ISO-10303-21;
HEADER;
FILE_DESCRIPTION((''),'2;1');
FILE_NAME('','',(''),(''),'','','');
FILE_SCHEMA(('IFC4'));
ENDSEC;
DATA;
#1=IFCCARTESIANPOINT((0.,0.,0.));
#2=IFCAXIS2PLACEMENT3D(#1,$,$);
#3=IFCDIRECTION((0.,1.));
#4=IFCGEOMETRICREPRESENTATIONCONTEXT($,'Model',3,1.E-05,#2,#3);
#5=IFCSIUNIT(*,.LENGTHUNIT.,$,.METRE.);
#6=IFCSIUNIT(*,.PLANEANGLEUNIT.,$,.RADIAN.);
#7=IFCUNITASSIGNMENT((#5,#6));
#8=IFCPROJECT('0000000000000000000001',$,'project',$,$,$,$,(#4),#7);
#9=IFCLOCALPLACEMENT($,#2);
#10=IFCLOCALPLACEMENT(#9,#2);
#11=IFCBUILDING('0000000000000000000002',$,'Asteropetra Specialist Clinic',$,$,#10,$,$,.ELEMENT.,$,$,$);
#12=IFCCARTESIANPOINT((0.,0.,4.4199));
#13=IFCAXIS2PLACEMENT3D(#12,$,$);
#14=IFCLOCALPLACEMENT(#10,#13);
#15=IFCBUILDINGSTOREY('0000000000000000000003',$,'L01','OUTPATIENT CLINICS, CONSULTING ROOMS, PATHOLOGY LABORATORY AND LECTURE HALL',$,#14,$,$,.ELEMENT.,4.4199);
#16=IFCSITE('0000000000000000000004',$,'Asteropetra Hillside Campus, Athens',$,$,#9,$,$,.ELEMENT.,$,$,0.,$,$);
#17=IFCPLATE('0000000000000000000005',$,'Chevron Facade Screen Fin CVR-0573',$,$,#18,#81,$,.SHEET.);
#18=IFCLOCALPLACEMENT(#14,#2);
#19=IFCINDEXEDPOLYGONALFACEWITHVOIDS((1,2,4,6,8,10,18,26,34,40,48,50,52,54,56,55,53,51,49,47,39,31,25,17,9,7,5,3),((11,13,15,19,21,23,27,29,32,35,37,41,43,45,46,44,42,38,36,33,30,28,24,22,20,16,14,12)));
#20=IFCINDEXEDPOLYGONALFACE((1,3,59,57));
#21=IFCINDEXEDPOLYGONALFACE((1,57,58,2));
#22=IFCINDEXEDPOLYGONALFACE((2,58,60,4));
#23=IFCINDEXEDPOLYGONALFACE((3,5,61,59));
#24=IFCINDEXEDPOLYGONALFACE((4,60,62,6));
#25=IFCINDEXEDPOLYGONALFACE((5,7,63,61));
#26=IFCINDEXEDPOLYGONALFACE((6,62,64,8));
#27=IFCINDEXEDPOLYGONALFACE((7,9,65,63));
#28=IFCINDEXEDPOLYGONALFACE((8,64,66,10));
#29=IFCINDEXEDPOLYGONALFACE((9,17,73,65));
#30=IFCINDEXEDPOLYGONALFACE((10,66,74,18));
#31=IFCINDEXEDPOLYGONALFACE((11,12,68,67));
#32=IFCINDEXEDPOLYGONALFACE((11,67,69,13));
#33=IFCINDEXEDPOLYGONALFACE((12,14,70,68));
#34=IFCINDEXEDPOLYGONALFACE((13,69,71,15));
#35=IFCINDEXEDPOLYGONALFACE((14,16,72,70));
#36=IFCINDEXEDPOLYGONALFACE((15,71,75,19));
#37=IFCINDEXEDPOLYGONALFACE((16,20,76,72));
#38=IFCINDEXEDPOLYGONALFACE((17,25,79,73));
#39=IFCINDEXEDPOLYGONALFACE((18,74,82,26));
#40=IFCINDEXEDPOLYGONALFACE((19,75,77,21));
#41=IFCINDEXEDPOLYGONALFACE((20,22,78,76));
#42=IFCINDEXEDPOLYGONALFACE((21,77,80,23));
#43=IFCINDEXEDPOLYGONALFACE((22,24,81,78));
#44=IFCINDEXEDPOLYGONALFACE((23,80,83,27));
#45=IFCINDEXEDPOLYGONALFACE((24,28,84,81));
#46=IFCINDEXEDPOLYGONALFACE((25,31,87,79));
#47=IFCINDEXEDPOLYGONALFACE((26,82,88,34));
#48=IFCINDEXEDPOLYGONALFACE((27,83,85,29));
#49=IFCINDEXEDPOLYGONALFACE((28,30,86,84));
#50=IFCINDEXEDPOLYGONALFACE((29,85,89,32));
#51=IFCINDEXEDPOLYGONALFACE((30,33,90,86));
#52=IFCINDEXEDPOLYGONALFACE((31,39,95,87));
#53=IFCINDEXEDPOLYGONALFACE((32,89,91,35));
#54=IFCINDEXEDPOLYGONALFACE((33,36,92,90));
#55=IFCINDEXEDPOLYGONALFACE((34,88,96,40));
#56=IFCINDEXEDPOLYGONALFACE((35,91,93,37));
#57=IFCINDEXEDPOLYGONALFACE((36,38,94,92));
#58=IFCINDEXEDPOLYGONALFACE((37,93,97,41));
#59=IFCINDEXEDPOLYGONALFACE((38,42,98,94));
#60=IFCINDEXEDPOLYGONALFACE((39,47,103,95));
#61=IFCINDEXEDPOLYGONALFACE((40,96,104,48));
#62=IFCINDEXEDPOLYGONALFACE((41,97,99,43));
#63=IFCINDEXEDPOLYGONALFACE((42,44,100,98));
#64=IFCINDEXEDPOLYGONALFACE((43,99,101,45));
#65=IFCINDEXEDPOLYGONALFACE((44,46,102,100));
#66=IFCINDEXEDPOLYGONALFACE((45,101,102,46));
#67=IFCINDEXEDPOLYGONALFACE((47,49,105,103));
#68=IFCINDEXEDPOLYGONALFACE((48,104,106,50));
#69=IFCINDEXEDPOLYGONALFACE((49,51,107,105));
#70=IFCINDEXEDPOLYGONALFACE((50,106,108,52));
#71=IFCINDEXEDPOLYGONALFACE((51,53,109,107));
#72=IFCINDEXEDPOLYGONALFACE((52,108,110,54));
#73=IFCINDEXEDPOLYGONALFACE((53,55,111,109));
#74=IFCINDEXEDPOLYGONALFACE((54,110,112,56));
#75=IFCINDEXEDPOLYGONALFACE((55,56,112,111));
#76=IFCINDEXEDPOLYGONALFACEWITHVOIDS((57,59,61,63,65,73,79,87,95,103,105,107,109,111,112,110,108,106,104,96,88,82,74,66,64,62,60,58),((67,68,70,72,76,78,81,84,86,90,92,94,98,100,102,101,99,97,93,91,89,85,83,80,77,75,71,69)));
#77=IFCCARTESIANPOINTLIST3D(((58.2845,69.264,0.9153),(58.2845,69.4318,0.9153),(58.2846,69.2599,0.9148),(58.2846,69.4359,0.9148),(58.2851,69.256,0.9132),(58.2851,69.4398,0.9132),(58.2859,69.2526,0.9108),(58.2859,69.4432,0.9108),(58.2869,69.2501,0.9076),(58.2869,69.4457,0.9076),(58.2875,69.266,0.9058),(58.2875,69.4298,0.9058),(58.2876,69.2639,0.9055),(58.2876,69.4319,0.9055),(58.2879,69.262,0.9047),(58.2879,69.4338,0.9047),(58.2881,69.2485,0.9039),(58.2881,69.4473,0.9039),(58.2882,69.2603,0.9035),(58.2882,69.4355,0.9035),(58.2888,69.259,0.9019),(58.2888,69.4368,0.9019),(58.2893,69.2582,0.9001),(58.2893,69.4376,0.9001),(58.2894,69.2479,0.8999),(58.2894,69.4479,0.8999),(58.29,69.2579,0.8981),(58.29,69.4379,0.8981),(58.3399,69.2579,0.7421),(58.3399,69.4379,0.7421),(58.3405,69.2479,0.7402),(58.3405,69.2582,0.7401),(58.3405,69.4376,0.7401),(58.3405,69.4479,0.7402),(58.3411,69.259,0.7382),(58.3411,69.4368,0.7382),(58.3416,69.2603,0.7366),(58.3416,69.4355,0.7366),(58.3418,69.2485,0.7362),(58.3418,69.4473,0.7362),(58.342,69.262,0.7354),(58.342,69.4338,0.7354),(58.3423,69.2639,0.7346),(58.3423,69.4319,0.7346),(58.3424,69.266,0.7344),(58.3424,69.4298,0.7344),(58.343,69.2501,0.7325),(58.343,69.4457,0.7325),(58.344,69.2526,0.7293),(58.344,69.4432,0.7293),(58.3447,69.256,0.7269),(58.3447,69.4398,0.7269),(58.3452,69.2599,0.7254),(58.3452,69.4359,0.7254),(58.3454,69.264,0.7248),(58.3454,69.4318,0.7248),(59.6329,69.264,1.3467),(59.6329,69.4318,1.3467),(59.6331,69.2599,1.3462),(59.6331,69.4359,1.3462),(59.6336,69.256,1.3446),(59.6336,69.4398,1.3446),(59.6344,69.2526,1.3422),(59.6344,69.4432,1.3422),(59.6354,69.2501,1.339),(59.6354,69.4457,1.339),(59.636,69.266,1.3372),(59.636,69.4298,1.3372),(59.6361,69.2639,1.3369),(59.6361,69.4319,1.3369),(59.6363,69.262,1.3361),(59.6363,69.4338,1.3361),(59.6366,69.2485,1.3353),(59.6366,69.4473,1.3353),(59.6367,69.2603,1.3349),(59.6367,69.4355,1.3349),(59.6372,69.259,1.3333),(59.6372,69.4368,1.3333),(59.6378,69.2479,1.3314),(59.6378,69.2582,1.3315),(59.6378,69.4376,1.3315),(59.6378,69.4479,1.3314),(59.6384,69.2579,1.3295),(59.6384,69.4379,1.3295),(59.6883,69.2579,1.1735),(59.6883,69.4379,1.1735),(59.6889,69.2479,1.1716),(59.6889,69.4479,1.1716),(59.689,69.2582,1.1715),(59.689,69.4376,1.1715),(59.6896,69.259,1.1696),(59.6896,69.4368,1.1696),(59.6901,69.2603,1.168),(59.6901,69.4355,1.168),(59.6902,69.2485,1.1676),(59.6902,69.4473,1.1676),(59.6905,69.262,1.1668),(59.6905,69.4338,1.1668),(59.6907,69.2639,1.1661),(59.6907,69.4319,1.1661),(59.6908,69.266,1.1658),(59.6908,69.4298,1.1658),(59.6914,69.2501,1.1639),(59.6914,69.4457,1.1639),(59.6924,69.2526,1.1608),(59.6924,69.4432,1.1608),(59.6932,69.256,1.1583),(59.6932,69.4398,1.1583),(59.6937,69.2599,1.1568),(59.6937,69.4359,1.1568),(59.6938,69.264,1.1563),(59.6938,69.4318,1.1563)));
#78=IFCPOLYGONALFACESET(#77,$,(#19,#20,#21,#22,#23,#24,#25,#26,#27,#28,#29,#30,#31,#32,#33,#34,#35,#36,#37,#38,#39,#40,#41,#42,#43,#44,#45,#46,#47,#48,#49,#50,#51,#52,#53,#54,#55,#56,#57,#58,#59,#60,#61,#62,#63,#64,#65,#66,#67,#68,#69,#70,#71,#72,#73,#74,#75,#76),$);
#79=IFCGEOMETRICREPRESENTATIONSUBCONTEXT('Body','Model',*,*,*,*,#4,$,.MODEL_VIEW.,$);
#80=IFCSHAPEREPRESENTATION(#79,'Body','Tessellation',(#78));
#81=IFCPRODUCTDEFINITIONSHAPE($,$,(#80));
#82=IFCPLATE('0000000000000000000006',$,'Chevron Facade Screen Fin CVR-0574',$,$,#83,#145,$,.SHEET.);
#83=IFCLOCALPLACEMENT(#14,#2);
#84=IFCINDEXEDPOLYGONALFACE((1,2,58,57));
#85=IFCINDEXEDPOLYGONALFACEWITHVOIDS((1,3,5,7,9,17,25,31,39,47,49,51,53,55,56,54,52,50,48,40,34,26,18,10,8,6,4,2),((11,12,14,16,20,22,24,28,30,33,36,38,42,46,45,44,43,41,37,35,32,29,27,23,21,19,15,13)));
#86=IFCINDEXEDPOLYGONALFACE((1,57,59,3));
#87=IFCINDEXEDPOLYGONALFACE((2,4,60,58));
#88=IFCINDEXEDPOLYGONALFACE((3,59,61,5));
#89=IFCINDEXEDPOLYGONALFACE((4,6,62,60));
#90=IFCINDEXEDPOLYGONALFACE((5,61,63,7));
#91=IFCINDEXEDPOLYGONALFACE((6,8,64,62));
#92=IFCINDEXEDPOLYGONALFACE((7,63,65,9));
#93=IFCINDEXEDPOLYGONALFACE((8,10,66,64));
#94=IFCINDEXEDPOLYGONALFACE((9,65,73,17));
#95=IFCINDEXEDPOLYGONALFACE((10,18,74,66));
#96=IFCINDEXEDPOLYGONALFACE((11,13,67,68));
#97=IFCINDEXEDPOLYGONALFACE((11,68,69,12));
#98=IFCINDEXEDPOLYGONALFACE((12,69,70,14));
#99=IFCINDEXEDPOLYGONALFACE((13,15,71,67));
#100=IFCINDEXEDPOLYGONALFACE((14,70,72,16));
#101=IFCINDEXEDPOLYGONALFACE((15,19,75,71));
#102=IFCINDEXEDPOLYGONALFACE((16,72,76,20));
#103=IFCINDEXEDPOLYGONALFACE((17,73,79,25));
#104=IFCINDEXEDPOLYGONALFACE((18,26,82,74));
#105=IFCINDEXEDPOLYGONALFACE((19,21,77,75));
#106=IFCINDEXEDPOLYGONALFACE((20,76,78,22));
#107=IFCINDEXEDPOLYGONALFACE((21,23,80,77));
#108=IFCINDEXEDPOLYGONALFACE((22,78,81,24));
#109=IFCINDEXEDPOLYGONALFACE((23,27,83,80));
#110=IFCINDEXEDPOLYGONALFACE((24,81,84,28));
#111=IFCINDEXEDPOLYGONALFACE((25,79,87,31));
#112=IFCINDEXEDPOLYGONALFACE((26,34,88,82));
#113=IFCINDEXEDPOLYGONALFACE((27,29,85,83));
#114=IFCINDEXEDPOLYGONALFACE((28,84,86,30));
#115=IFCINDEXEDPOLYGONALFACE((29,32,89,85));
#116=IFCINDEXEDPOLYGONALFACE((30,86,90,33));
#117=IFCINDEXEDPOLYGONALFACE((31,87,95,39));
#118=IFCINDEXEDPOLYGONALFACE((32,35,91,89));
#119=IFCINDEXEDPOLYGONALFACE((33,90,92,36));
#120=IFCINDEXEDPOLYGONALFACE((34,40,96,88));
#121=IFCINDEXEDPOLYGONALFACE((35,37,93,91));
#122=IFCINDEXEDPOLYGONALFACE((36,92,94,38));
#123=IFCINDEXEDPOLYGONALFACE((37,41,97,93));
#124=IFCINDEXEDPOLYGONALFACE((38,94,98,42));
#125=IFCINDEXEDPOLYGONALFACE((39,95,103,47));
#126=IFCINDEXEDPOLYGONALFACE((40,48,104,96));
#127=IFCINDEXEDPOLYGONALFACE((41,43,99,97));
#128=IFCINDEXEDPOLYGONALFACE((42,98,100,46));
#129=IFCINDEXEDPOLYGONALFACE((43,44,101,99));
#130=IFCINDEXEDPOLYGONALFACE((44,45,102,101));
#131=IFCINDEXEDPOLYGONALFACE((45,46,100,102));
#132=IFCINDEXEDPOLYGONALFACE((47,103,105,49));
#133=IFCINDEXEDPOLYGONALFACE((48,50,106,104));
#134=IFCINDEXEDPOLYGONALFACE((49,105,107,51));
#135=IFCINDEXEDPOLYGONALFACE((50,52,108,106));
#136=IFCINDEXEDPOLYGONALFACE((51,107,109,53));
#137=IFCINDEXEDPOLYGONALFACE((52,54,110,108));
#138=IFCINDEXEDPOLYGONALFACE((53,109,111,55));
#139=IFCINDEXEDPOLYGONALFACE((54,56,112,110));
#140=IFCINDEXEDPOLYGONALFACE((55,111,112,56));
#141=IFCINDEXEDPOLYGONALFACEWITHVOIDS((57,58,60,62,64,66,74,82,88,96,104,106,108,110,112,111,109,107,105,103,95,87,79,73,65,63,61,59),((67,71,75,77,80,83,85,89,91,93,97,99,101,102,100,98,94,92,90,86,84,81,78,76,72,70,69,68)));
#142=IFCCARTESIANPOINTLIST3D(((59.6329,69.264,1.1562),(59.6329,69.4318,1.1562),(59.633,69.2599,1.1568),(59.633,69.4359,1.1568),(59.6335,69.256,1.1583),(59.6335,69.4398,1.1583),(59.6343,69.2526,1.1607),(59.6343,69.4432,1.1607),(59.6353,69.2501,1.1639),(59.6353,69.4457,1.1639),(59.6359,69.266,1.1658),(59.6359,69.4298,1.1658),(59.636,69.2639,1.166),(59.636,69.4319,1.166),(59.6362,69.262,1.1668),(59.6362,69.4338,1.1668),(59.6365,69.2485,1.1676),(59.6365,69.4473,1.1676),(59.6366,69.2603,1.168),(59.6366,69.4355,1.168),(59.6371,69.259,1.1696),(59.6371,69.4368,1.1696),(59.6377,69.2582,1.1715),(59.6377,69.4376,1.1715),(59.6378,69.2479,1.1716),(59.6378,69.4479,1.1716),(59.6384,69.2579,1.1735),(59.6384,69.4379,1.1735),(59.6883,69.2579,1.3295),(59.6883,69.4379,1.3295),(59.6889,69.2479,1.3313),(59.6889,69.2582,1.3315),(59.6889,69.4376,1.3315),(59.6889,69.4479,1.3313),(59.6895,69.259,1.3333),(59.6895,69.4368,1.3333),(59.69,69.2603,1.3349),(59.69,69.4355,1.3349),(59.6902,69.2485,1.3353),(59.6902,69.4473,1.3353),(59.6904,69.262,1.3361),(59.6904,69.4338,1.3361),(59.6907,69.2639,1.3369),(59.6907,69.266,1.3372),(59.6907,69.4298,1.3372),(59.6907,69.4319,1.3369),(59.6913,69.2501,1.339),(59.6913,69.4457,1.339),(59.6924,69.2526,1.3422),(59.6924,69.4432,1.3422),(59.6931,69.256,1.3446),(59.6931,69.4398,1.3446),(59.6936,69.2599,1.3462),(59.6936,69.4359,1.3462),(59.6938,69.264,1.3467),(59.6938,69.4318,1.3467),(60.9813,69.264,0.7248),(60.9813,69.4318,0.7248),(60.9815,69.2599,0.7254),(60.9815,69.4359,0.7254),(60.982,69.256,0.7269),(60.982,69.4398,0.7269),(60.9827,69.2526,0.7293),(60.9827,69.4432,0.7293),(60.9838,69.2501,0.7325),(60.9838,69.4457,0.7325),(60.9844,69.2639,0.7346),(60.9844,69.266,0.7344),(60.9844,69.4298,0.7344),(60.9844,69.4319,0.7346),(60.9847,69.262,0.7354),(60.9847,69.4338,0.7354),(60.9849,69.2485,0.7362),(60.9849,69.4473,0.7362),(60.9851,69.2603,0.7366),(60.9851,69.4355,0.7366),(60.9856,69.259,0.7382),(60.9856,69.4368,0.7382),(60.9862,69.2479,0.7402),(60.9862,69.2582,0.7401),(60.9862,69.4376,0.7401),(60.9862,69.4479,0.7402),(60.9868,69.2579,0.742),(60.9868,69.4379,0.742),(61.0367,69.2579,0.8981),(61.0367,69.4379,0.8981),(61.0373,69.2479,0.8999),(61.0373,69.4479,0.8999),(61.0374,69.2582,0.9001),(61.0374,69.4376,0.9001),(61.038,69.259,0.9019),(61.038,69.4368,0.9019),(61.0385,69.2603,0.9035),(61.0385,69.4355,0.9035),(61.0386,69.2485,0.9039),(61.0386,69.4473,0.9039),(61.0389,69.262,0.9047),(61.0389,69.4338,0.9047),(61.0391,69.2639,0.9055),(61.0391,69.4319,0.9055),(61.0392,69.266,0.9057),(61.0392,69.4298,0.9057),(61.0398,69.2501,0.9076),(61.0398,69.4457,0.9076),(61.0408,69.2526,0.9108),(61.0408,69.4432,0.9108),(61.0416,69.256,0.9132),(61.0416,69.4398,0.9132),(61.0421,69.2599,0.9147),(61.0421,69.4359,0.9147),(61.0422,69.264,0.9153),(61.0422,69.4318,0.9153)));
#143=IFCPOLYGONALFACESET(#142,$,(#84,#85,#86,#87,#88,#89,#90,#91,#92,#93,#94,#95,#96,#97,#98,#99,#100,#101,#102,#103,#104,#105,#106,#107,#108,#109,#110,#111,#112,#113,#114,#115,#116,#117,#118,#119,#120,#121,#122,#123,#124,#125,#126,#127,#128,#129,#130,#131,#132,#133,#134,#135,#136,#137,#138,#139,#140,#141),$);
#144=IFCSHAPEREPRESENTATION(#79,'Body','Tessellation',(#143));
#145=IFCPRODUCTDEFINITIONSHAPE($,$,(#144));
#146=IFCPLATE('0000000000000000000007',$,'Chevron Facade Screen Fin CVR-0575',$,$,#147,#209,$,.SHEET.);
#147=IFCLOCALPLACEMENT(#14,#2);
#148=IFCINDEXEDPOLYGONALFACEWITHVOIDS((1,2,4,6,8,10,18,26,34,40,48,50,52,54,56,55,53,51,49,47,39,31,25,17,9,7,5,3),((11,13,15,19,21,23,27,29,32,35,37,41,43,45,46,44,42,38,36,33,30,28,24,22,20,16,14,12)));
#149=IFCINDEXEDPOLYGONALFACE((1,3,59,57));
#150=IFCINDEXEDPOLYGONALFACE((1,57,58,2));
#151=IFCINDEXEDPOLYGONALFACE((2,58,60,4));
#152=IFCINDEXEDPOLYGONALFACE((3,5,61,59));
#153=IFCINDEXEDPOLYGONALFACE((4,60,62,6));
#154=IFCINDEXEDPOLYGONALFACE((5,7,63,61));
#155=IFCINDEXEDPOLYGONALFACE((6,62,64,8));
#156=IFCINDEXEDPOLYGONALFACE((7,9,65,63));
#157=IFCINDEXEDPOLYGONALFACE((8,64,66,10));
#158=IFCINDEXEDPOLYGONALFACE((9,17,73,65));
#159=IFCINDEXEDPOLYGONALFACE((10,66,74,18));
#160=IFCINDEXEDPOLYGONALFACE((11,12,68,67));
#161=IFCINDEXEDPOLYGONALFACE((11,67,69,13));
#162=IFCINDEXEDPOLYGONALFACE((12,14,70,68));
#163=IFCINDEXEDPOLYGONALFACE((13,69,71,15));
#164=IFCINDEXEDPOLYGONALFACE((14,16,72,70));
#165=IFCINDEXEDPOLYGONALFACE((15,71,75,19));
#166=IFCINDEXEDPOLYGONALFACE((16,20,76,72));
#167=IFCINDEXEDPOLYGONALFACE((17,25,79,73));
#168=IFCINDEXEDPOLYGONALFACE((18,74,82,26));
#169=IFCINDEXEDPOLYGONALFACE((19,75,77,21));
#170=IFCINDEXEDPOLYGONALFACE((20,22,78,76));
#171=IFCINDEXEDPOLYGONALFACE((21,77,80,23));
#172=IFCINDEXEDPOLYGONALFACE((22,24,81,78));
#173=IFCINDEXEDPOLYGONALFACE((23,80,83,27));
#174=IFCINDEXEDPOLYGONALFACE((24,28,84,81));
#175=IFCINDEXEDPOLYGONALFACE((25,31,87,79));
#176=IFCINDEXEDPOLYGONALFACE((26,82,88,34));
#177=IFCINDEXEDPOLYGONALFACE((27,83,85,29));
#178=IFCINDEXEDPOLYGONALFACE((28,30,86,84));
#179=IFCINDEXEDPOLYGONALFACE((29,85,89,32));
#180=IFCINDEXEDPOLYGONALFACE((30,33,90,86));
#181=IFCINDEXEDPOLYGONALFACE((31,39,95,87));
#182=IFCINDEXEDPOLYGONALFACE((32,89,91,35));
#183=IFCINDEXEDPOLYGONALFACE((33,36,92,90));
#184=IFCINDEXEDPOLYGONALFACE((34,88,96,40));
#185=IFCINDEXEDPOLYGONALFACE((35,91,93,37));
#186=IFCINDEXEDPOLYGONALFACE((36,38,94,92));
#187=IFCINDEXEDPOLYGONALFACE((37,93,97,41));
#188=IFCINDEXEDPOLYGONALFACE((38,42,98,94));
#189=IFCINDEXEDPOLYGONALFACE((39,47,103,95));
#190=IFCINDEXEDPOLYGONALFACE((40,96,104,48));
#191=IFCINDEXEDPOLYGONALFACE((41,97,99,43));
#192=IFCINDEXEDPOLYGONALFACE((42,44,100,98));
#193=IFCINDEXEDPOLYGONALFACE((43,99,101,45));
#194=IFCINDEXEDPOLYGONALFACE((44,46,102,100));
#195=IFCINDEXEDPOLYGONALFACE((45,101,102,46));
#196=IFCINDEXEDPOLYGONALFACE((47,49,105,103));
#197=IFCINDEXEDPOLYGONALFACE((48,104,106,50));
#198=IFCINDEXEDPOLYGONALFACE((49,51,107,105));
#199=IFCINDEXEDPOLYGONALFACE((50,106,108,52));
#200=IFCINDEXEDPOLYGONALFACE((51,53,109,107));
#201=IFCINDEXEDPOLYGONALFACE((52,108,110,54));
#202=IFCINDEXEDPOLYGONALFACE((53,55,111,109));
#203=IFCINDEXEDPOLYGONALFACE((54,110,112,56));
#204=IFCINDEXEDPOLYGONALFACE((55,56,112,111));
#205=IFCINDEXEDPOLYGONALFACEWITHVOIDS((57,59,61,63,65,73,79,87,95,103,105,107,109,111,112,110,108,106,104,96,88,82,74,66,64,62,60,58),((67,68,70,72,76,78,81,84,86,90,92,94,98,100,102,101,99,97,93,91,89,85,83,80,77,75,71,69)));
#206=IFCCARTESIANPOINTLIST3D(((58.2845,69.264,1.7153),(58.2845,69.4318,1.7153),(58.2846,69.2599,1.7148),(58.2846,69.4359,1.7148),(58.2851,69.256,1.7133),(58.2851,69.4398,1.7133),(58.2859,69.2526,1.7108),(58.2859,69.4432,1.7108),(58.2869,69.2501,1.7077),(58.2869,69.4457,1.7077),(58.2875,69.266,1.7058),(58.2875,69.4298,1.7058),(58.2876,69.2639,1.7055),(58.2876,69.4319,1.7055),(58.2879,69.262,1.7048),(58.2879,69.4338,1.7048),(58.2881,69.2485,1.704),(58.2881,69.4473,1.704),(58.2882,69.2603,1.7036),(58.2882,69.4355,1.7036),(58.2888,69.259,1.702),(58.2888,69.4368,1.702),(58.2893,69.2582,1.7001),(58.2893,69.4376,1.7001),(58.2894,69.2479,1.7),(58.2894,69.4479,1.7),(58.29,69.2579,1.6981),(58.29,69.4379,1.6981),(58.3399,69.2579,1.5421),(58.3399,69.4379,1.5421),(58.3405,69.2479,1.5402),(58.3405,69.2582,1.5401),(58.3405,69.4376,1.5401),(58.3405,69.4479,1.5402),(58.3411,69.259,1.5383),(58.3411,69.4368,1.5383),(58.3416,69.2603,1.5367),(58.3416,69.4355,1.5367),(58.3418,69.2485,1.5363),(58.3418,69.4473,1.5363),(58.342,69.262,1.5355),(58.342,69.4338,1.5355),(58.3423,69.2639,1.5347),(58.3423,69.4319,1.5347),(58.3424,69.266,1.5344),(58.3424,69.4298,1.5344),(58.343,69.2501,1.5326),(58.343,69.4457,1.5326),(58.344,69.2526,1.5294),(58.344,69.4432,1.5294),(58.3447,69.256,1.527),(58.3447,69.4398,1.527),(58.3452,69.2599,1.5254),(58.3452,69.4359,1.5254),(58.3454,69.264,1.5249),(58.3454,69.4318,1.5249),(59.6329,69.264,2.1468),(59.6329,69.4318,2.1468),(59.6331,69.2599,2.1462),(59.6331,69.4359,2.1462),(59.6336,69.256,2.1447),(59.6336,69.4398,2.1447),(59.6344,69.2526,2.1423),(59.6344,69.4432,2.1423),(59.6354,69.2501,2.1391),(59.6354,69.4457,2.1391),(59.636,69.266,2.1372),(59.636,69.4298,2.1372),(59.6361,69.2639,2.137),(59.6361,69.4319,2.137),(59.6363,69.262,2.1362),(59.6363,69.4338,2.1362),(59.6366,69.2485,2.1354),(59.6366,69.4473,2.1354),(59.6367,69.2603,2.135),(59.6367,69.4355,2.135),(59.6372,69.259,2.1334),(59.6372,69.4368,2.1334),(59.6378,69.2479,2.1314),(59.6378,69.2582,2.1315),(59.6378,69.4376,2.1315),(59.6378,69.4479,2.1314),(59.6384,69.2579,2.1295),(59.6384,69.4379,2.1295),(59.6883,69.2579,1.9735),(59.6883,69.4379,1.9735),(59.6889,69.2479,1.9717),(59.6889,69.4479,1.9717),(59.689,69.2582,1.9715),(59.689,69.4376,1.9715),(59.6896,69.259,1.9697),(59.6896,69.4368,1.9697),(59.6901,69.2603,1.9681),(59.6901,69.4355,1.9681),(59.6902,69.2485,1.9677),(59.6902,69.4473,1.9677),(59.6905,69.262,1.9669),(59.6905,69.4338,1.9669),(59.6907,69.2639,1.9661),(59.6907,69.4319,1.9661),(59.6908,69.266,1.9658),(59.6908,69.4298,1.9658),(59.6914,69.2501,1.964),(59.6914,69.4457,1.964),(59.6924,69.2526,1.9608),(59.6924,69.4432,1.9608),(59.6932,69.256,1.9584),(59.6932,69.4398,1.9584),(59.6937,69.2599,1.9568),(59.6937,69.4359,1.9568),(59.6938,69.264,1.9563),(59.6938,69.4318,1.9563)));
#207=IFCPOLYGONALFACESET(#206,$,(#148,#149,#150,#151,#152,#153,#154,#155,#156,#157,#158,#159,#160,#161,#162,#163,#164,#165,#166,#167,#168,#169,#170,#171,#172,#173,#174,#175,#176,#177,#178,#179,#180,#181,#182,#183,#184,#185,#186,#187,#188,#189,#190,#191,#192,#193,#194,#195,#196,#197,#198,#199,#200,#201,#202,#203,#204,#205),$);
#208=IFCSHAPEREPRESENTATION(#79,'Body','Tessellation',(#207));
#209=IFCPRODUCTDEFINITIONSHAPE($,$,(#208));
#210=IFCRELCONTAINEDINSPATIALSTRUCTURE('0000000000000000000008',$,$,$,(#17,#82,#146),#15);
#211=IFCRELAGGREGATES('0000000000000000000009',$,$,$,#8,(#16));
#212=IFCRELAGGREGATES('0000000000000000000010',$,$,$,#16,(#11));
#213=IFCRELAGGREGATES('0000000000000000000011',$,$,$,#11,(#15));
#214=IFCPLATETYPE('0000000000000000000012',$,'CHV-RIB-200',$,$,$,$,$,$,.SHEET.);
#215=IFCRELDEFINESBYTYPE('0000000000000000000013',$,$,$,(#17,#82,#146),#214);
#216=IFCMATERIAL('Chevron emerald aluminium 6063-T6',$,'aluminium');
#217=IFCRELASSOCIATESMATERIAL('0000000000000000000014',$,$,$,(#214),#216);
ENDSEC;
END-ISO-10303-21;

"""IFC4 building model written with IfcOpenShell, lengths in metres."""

from ifc_helpers import new_model, si_unit, direction, frame, origin, origin_2d, place, context, subcontext, project, spatial, hollow_rectangle, extrude, material, material_profile, profile_set, type_object, element, save


model = new_model("IFC4")

# Units and contexts
model_context = context("Model", 3, precision=1e-05, world=origin(), true_north=direction((0.0, 1.0)))
body_context = subcontext(model_context, "Body", "Model", "MODEL_VIEW")
ifc_project = project(units=[si_unit("LENGTHUNIT", "METRE"), si_unit("PLANEANGLEUNIT", "RADIAN")], contexts=[model_context])

# Site, building, storey
site_placement = place(None, origin())
site = spatial("IfcSite", under=ifc_project, at=site_placement, Name="Asteropetra Hillside Campus, Athens", CompositionType="ELEMENT", RefElevation=0.0)
building_placement = place(site_placement, origin())
building = spatial("IfcBuilding", under=site, at=building_placement, Name="Asteropetra Specialist Clinic", CompositionType="ELEMENT")
storey_placement = place(building_placement, frame((0.0, 0.0, 4.4199)))
storey = spatial("IfcBuildingStorey", under=building, at=storey_placement, Name="L01", Description="OUTPATIENT CLINICS, CONSULTING ROOMS, PATHOLOGY LABORATORY AND LECTURE HALL", CompositionType="ELEMENT", Elevation=4.4199)

# Plates
ifc_material_1 = material(Name="Chevron emerald aluminium 6063-T6", Category="aluminium")
ifc_material_profile_1 = material_profile(ifc_material_1, hollow_rectangle(XDim=0.2, YDim=0.2, WallThickness=0.01, InnerFilletRadius=0.0081, OuterFilletRadius=0.0161, at=origin_2d()), Name="SHS 200x200x10.0")
ifc_profile_set_1 = profile_set([ifc_material_profile_1], Name="Chevron emerald aluminium 6063-T6")
plate_type_1 = type_object("IfcPlateType", Name="CHV-RIB-200", PredefinedType="SHEET", material=ifc_profile_set_1)
for number, where, z_axis, x_axis, name in (
    (1, (58.3149, 69.3479, 0.8201), (0.952442, 0.0, 0.304719), (0.0, 1.0, 0.0), "Chevron Facade Screen Fin CVR-0573"),
    (2, (59.6633, 69.3479, 1.2515), (0.952442, 0.0, -0.304719), (0.0, 1.0, 0.0), "Chevron Facade Screen Fin CVR-0574"),
    (3, (58.3149, 69.3479, 1.6201), (0.952442, 0.0, 0.304719), (0.0, 1.0, 0.0), "Chevron Facade Screen Fin CVR-0575"),
):
    element("IfcPlate", number, at=place(storey_placement, frame(where, z_axis=z_axis, x_axis=x_axis)), inside=storey, type_object=plate_type_1, Name=name, PredefinedType="SHEET", context=body_context, shape_type="SweptSolid", body=[
        extrude(hollow_rectangle(XDim=0.2, YDim=0.2, WallThickness=0.01, InnerFilletRadius=0.0081, OuterFilletRadius=0.0161, at=origin_2d()), origin(), (0.0, 0.0, 1.0), 1.4158),
    ])

save(model, "model.ifc")
